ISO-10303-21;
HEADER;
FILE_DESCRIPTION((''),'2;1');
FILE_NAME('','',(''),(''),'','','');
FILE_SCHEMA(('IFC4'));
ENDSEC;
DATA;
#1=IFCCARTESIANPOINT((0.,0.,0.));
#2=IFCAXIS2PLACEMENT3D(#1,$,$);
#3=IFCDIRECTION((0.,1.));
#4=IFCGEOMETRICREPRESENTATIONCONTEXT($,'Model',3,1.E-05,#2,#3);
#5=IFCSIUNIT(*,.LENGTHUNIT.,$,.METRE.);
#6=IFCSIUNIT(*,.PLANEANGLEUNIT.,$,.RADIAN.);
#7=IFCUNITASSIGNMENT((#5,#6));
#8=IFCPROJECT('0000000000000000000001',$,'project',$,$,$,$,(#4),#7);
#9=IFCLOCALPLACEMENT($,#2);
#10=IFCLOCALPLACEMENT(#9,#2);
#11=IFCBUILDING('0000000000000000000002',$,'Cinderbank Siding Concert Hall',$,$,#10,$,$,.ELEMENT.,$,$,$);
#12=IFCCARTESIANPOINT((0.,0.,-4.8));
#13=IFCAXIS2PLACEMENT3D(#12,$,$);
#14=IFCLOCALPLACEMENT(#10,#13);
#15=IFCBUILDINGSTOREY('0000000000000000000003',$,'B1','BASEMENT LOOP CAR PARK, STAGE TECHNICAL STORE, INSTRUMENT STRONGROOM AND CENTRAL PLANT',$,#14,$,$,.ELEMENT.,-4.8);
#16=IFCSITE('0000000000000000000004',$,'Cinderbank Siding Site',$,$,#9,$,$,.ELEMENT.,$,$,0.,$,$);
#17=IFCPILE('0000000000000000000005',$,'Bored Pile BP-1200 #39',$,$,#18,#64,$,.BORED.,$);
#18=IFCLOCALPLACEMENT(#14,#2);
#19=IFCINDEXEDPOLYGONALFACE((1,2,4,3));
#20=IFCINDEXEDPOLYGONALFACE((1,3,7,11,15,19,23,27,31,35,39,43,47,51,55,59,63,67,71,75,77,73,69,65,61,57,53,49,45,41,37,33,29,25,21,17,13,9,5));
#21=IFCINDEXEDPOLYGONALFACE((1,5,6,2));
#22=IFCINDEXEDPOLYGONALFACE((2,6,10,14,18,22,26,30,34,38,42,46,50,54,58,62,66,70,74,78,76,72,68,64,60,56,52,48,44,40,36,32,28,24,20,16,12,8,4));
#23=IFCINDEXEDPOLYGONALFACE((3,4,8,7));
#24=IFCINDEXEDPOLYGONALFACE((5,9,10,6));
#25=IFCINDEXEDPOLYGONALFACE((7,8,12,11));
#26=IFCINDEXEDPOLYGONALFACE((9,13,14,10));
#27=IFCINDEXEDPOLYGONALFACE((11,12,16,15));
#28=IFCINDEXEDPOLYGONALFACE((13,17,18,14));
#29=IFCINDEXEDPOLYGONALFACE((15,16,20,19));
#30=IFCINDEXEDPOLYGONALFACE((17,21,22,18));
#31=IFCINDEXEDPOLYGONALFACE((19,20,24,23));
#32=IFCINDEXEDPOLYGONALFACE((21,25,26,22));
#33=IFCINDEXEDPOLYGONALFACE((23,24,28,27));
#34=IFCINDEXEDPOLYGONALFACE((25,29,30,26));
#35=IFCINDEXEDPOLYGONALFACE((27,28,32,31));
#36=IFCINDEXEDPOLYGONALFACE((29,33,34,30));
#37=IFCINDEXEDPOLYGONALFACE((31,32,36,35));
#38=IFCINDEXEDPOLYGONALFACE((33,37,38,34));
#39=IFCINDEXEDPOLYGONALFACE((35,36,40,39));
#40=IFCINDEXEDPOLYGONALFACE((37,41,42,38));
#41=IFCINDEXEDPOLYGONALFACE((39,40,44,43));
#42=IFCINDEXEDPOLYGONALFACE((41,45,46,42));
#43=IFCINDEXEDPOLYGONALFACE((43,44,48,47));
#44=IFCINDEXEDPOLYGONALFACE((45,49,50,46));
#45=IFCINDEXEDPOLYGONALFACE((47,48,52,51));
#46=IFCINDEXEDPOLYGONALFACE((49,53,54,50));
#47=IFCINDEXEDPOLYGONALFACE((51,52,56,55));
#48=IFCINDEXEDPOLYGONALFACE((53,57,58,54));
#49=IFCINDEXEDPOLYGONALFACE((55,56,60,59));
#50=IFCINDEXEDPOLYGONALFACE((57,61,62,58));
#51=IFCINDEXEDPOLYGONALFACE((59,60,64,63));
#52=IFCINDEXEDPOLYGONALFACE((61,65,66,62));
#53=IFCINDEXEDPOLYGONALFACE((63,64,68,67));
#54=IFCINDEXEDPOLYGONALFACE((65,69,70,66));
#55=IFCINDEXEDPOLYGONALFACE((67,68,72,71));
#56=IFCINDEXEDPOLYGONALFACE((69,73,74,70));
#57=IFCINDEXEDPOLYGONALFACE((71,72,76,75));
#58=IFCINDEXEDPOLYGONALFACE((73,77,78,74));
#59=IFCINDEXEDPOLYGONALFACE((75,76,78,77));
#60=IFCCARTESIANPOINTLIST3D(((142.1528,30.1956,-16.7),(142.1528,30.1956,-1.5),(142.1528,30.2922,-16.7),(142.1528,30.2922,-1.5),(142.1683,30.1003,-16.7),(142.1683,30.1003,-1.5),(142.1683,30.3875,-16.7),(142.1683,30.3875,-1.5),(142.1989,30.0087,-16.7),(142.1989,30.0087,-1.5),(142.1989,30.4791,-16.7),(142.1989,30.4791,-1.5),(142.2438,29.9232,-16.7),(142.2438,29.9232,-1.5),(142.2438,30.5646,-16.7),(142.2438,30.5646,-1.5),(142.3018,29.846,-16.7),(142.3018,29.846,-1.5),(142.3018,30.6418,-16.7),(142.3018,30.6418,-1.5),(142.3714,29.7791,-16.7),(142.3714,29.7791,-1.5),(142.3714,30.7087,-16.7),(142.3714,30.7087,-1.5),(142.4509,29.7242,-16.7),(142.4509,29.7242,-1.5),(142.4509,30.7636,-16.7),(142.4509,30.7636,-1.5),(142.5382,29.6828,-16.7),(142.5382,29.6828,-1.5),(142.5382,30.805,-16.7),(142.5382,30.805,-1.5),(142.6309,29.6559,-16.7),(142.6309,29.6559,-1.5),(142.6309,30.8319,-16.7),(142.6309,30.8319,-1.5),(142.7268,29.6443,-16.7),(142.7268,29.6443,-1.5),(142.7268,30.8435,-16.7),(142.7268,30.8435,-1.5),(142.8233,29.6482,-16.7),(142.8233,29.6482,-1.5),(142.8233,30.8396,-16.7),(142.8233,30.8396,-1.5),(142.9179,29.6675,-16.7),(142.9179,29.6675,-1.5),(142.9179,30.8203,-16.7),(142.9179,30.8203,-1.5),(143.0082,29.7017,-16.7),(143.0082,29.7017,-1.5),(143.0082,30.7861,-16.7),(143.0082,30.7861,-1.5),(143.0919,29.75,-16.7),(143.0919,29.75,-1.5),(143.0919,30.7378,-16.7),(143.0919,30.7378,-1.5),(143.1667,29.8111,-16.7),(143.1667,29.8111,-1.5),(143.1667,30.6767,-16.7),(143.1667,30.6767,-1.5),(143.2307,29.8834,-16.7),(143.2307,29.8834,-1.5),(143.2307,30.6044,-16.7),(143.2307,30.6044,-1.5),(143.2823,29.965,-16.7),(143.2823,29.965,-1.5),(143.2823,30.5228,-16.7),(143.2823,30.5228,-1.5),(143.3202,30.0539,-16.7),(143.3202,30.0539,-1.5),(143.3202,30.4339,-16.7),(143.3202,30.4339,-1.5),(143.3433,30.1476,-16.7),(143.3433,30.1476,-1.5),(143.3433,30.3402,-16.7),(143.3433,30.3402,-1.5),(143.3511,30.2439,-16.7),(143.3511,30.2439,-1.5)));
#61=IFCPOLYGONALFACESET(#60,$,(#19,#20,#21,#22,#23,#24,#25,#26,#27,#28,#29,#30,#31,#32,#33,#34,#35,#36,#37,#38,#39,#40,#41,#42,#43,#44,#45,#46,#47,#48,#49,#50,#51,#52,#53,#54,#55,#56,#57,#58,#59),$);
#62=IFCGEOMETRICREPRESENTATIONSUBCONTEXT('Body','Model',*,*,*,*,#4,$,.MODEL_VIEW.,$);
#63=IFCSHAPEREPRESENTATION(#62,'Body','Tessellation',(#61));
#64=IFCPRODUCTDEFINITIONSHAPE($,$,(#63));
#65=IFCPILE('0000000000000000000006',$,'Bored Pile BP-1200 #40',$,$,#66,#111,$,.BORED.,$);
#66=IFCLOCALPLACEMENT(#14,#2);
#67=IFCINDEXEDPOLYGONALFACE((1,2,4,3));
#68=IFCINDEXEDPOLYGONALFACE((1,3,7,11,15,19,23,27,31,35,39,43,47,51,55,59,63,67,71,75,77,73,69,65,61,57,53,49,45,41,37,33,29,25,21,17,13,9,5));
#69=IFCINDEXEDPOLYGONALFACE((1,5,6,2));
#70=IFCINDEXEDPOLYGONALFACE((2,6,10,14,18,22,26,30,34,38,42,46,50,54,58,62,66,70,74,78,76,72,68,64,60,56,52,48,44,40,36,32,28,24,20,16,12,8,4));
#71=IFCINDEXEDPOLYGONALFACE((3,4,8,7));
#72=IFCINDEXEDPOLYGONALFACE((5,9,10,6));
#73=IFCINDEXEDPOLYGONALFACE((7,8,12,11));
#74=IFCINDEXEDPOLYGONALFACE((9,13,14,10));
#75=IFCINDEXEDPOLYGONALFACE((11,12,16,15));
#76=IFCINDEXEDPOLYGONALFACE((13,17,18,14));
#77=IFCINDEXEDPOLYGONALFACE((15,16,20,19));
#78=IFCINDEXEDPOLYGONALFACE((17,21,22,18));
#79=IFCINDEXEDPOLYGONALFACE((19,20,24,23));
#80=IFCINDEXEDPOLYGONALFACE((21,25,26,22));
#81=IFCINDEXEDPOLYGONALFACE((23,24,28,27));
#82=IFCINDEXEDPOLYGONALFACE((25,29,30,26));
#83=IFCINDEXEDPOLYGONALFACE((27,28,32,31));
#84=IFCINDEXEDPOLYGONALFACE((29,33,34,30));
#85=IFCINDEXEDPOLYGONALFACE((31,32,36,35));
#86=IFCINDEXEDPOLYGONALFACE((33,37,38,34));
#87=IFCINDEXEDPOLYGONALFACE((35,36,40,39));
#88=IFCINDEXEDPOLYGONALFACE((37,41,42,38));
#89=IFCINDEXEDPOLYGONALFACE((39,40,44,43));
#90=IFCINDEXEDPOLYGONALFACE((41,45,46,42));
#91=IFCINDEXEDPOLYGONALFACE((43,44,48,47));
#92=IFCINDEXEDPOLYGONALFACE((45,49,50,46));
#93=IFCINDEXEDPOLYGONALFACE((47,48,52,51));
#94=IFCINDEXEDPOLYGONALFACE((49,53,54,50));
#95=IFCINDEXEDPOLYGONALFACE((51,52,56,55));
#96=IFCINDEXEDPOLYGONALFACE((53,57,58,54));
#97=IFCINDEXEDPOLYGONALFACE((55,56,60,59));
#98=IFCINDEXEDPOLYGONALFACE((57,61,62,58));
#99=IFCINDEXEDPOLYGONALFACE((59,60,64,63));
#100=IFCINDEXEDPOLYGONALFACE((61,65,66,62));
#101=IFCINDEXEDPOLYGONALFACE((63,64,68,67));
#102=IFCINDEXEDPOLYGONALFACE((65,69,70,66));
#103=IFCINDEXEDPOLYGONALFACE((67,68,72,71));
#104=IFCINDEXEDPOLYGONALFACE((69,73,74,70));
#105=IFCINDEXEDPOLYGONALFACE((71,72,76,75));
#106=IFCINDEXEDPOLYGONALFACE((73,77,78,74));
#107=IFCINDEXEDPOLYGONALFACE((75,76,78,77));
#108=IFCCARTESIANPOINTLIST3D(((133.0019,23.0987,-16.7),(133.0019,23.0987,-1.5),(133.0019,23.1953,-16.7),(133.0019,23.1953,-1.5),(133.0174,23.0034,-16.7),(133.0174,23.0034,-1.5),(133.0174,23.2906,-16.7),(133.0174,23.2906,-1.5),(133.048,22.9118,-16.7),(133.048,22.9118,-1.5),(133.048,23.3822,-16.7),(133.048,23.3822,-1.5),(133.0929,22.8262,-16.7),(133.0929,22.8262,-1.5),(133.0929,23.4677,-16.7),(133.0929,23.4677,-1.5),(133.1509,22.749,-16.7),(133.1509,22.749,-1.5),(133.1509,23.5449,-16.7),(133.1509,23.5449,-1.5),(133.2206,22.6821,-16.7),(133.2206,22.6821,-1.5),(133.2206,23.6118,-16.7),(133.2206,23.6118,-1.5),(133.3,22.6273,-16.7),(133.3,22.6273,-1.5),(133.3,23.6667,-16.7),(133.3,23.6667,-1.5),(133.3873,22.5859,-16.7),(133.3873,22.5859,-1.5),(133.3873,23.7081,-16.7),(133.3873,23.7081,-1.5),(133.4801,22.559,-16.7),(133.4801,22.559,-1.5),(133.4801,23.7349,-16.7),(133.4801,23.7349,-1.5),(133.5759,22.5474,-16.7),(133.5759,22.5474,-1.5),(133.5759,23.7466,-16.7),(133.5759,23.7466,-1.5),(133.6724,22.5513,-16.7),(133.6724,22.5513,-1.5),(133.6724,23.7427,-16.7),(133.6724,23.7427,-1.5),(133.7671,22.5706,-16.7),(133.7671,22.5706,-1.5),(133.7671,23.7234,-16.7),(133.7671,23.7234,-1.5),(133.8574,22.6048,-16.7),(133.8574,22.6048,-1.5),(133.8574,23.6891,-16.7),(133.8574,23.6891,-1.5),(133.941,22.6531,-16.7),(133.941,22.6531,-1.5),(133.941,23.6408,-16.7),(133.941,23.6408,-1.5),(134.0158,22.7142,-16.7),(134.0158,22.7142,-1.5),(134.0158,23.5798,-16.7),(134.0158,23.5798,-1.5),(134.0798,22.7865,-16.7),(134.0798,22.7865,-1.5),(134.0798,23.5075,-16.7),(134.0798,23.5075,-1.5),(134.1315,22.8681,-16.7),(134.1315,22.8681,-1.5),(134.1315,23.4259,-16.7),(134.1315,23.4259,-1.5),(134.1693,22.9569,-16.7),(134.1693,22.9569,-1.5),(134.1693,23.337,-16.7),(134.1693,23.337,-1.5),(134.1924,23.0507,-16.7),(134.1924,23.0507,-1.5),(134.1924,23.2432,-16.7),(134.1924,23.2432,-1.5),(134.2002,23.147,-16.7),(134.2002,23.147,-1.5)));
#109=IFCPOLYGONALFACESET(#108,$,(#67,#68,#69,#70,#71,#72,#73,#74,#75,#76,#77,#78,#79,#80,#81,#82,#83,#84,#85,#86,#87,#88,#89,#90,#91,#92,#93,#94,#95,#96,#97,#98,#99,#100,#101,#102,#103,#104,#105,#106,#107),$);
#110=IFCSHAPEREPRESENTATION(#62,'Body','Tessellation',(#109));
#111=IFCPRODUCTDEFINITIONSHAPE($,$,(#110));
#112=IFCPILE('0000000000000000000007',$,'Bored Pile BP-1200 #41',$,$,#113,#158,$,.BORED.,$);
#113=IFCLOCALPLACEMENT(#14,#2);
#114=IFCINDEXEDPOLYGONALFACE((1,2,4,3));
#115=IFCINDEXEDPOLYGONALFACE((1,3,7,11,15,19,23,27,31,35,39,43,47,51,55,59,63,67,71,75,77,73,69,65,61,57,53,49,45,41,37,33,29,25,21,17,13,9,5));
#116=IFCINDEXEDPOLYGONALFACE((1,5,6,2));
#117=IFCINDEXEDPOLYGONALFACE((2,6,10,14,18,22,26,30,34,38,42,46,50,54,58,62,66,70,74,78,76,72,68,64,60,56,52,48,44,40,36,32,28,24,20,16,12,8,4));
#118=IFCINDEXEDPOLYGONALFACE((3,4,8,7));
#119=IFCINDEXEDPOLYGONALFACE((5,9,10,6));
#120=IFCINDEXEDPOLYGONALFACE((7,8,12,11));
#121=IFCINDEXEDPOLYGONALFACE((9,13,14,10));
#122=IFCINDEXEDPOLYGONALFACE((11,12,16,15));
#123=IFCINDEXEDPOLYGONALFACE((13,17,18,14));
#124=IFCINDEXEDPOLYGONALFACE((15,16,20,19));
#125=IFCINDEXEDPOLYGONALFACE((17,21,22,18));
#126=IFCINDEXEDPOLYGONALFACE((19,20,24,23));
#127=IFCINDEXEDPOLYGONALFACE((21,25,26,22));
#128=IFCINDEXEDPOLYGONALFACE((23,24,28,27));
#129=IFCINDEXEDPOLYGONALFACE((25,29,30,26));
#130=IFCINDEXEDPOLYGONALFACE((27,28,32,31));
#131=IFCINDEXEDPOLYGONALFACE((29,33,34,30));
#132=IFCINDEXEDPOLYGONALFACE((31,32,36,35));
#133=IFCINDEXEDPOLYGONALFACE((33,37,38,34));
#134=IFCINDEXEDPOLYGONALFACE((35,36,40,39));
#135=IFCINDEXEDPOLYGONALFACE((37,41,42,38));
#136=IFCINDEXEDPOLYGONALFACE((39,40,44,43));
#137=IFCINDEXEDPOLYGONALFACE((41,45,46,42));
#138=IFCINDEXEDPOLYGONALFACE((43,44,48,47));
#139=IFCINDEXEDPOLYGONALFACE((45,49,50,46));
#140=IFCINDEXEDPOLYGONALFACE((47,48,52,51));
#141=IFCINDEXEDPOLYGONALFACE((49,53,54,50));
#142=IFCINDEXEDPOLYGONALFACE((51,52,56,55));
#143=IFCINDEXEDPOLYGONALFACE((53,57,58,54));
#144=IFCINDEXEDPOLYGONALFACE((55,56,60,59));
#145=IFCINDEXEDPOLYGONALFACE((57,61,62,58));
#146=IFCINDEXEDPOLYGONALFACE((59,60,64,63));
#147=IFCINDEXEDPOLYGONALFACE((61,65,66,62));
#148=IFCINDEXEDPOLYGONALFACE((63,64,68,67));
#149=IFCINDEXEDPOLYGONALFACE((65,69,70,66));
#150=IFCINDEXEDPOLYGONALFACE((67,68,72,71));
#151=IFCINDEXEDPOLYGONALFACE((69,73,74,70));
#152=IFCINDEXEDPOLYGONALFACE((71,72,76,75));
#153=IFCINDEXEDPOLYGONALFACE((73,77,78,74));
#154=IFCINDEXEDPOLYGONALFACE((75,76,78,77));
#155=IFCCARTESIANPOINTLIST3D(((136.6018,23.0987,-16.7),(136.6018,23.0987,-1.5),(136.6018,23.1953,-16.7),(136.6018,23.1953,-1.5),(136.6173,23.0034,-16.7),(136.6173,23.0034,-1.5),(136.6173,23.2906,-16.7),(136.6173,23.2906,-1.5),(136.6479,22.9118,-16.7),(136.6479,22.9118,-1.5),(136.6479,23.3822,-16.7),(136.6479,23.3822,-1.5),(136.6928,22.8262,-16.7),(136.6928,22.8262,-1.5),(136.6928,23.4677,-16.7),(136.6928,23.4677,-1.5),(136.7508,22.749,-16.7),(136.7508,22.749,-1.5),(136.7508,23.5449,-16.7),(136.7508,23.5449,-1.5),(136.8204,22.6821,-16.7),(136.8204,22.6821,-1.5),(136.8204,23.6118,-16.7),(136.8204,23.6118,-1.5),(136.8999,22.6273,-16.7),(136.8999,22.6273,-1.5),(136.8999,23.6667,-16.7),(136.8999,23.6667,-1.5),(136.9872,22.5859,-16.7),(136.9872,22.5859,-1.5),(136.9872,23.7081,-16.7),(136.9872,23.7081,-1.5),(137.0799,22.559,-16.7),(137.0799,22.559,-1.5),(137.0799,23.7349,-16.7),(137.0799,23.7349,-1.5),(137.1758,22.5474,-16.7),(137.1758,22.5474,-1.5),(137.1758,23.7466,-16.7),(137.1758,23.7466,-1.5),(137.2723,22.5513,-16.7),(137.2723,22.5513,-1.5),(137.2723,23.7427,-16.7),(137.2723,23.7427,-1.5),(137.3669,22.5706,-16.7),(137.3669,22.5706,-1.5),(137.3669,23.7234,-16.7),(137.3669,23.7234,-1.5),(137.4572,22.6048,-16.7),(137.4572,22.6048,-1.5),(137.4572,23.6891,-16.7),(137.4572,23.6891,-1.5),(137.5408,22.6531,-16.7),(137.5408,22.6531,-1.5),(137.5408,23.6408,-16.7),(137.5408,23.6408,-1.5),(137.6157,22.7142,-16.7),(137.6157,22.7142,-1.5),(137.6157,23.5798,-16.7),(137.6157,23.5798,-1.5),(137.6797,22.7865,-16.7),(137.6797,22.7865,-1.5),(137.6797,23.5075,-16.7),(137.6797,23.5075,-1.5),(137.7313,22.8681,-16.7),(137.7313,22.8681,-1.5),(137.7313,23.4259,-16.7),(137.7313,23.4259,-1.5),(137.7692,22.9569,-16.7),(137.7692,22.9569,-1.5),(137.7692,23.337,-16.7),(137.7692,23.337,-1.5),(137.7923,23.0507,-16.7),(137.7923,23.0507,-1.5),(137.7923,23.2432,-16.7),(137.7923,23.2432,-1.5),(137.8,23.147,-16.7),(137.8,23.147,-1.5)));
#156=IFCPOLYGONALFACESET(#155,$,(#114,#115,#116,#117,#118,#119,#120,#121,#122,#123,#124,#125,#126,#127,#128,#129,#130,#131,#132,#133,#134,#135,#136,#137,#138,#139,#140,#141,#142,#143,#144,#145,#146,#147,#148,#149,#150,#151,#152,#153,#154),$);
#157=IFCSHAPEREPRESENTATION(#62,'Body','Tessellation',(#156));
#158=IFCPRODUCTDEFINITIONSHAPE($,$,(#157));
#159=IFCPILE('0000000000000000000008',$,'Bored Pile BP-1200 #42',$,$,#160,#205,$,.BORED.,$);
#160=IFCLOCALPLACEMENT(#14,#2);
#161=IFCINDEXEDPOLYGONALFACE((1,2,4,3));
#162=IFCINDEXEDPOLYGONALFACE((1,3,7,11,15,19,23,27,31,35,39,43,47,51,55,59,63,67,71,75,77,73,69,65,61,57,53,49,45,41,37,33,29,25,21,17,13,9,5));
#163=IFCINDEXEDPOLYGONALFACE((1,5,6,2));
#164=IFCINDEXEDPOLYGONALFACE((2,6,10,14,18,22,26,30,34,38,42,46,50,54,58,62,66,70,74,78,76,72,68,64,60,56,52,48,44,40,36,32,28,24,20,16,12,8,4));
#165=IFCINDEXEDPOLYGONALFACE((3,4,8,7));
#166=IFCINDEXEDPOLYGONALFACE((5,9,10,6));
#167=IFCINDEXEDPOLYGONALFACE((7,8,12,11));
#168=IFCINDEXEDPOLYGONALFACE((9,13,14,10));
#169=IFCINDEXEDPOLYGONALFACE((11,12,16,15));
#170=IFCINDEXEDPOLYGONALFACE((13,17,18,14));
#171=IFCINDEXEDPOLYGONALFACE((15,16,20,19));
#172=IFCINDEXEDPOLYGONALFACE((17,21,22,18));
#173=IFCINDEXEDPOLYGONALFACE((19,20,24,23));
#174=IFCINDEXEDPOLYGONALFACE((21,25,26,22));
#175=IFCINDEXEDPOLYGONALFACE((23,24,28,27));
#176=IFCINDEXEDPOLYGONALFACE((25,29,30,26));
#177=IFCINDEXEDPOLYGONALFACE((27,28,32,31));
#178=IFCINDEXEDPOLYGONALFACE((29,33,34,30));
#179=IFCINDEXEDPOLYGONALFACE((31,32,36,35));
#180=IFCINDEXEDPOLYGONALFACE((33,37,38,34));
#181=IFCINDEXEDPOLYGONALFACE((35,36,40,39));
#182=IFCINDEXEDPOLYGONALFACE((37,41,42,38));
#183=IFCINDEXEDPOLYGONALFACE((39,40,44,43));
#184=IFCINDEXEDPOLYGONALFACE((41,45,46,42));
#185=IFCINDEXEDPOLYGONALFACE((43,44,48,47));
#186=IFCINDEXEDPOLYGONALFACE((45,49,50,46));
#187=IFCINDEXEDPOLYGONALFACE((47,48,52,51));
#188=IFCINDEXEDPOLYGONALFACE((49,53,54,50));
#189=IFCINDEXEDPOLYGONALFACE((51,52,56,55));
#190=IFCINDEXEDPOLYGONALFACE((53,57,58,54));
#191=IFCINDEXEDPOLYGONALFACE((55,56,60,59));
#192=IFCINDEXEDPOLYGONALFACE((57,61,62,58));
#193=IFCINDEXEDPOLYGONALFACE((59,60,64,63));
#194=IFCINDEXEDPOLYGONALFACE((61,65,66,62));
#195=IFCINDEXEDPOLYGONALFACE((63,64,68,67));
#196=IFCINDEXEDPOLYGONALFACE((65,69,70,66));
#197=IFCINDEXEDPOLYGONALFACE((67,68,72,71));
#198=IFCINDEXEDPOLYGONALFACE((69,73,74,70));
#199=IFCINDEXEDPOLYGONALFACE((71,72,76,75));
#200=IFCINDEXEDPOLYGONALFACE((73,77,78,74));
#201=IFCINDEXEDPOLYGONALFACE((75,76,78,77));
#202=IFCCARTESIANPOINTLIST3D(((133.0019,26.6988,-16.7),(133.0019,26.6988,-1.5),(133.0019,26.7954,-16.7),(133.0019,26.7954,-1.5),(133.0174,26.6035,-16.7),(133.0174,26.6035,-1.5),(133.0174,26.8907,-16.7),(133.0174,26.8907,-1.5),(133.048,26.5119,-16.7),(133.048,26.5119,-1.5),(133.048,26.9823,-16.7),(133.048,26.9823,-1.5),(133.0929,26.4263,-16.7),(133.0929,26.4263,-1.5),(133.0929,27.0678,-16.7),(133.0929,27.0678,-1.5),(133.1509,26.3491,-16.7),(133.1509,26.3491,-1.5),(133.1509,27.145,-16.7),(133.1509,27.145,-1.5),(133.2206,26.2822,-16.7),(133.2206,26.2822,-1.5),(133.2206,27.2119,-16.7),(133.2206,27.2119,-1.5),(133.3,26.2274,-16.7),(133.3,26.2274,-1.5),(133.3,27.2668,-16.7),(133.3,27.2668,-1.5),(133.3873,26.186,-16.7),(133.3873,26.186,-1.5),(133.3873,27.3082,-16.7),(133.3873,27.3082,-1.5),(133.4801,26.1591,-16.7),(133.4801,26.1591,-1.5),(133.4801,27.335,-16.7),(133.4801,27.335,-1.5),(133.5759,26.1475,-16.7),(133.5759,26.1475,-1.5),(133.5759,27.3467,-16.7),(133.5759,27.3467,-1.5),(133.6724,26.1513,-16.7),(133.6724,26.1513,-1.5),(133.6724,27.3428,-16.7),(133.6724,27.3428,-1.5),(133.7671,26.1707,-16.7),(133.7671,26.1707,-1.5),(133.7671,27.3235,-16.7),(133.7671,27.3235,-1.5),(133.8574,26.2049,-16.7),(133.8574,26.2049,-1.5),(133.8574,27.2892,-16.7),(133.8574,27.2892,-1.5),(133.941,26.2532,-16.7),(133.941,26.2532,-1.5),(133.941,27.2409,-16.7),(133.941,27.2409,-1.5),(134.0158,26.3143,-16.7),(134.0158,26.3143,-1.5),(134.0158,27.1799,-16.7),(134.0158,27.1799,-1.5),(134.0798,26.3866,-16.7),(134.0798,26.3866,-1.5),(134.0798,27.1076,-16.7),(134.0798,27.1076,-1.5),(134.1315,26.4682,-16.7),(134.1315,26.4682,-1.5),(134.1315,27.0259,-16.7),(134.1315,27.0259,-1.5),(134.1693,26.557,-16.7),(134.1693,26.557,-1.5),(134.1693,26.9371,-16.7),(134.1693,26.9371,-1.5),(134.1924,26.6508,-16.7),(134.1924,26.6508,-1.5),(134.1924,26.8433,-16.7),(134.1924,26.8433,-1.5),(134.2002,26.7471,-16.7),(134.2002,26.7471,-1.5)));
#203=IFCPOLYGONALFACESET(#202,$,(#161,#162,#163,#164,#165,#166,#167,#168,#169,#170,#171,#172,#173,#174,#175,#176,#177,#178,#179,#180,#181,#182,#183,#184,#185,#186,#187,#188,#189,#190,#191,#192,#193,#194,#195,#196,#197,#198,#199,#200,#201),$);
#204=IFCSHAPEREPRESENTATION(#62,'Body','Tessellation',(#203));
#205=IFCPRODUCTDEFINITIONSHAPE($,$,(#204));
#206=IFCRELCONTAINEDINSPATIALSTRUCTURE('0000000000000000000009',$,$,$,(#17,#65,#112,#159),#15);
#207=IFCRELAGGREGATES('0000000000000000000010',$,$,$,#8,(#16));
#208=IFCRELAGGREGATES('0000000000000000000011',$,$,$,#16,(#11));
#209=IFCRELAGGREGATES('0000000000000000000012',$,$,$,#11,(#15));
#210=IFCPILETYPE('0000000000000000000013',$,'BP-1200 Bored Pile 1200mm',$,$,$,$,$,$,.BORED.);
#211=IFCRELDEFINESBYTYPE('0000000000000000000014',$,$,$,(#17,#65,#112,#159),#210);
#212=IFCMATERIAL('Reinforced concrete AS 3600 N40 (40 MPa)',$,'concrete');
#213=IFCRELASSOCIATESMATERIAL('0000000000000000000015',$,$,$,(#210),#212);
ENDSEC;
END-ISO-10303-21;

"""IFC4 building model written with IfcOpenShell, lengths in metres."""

from ifc_helpers import new_model, si_unit, direction, frame, origin, origin_2d, place, context, subcontext, project, spatial, circle, extrude, material, material_profile, profile_set, type_object, element, save


model = new_model("IFC4")

# Units and contexts
model_context = context("Model", 3, precision=1e-05, world=origin(), true_north=direction((0.0, 1.0)))
body_context = subcontext(model_context, "Body", "Model", "MODEL_VIEW")
ifc_project = project(units=[si_unit("LENGTHUNIT", "METRE"), si_unit("PLANEANGLEUNIT", "RADIAN")], contexts=[model_context])

# Site, building, storey
site_placement = place(None, origin())
site = spatial("IfcSite", under=ifc_project, at=site_placement, Name="Cinderbank Siding Site", CompositionType="ELEMENT", RefElevation=0.0)
building_placement = place(site_placement, origin())
building = spatial("IfcBuilding", under=site, at=building_placement, Name="Cinderbank Siding Concert Hall", CompositionType="ELEMENT")
storey_placement = place(building_placement, frame((0.0, 0.0, -4.8)))
storey = spatial("IfcBuildingStorey", under=building, at=storey_placement, Name="B1", Description="BASEMENT LOOP CAR PARK, STAGE TECHNICAL STORE, INSTRUMENT STRONGROOM AND CENTRAL PLANT", CompositionType="ELEMENT", Elevation=-4.8)

# Piles
ifc_material_1 = material(Name="Reinforced concrete AS 3600 N40 (40 MPa)", Category="concrete")
ifc_material_profile_1 = material_profile(ifc_material_1, circle(Radius=0.6001, at=origin_2d()), Name="PILE-1200DIA", Category="LoadBearing")
ifc_profile_set_1 = profile_set([ifc_material_profile_1], Name="Reinforced concrete AS 3600 N40 (40 MPa)")
pile_type_1 = type_object("IfcPileType", Name="BP-1200 Bored Pile 1200mm", PredefinedType="BORED", material=ifc_profile_set_1)
for number, where, z_axis, x_axis, name in (
    (1, (142.751, 30.2439, -1.5), (0.0, 0.0, -1.0), (1.0, 0.0, 0.0), "Bored Pile BP-1200 #39"),
    (2, (133.6001, 23.147, -1.5), (0.0, 0.0, -1.0), (1.0, 0.0, 0.0), "Bored Pile BP-1200 #40"),
    (3, (137.2, 23.147, -1.5), (0.0, 0.0, -1.0), (1.0, 0.0, 0.0), "Bored Pile BP-1200 #41"),
    (4, (133.6001, 26.7471, -1.5), (0.0, 0.0, -1.0), (1.0, 0.0, 0.0), "Bored Pile BP-1200 #42"),
):
    element("IfcPile", number, at=place(storey_placement, frame(where, z_axis=z_axis, x_axis=x_axis)), inside=storey, type_object=pile_type_1, Name=name, PredefinedType="BORED", context=body_context, shape_type="SweptSolid", body=[
        extrude(circle(Radius=0.6001, at=origin_2d()), origin(), (0.0, 0.0, 1.0), 15.2),
    ])

save(model, "model.ifc")
